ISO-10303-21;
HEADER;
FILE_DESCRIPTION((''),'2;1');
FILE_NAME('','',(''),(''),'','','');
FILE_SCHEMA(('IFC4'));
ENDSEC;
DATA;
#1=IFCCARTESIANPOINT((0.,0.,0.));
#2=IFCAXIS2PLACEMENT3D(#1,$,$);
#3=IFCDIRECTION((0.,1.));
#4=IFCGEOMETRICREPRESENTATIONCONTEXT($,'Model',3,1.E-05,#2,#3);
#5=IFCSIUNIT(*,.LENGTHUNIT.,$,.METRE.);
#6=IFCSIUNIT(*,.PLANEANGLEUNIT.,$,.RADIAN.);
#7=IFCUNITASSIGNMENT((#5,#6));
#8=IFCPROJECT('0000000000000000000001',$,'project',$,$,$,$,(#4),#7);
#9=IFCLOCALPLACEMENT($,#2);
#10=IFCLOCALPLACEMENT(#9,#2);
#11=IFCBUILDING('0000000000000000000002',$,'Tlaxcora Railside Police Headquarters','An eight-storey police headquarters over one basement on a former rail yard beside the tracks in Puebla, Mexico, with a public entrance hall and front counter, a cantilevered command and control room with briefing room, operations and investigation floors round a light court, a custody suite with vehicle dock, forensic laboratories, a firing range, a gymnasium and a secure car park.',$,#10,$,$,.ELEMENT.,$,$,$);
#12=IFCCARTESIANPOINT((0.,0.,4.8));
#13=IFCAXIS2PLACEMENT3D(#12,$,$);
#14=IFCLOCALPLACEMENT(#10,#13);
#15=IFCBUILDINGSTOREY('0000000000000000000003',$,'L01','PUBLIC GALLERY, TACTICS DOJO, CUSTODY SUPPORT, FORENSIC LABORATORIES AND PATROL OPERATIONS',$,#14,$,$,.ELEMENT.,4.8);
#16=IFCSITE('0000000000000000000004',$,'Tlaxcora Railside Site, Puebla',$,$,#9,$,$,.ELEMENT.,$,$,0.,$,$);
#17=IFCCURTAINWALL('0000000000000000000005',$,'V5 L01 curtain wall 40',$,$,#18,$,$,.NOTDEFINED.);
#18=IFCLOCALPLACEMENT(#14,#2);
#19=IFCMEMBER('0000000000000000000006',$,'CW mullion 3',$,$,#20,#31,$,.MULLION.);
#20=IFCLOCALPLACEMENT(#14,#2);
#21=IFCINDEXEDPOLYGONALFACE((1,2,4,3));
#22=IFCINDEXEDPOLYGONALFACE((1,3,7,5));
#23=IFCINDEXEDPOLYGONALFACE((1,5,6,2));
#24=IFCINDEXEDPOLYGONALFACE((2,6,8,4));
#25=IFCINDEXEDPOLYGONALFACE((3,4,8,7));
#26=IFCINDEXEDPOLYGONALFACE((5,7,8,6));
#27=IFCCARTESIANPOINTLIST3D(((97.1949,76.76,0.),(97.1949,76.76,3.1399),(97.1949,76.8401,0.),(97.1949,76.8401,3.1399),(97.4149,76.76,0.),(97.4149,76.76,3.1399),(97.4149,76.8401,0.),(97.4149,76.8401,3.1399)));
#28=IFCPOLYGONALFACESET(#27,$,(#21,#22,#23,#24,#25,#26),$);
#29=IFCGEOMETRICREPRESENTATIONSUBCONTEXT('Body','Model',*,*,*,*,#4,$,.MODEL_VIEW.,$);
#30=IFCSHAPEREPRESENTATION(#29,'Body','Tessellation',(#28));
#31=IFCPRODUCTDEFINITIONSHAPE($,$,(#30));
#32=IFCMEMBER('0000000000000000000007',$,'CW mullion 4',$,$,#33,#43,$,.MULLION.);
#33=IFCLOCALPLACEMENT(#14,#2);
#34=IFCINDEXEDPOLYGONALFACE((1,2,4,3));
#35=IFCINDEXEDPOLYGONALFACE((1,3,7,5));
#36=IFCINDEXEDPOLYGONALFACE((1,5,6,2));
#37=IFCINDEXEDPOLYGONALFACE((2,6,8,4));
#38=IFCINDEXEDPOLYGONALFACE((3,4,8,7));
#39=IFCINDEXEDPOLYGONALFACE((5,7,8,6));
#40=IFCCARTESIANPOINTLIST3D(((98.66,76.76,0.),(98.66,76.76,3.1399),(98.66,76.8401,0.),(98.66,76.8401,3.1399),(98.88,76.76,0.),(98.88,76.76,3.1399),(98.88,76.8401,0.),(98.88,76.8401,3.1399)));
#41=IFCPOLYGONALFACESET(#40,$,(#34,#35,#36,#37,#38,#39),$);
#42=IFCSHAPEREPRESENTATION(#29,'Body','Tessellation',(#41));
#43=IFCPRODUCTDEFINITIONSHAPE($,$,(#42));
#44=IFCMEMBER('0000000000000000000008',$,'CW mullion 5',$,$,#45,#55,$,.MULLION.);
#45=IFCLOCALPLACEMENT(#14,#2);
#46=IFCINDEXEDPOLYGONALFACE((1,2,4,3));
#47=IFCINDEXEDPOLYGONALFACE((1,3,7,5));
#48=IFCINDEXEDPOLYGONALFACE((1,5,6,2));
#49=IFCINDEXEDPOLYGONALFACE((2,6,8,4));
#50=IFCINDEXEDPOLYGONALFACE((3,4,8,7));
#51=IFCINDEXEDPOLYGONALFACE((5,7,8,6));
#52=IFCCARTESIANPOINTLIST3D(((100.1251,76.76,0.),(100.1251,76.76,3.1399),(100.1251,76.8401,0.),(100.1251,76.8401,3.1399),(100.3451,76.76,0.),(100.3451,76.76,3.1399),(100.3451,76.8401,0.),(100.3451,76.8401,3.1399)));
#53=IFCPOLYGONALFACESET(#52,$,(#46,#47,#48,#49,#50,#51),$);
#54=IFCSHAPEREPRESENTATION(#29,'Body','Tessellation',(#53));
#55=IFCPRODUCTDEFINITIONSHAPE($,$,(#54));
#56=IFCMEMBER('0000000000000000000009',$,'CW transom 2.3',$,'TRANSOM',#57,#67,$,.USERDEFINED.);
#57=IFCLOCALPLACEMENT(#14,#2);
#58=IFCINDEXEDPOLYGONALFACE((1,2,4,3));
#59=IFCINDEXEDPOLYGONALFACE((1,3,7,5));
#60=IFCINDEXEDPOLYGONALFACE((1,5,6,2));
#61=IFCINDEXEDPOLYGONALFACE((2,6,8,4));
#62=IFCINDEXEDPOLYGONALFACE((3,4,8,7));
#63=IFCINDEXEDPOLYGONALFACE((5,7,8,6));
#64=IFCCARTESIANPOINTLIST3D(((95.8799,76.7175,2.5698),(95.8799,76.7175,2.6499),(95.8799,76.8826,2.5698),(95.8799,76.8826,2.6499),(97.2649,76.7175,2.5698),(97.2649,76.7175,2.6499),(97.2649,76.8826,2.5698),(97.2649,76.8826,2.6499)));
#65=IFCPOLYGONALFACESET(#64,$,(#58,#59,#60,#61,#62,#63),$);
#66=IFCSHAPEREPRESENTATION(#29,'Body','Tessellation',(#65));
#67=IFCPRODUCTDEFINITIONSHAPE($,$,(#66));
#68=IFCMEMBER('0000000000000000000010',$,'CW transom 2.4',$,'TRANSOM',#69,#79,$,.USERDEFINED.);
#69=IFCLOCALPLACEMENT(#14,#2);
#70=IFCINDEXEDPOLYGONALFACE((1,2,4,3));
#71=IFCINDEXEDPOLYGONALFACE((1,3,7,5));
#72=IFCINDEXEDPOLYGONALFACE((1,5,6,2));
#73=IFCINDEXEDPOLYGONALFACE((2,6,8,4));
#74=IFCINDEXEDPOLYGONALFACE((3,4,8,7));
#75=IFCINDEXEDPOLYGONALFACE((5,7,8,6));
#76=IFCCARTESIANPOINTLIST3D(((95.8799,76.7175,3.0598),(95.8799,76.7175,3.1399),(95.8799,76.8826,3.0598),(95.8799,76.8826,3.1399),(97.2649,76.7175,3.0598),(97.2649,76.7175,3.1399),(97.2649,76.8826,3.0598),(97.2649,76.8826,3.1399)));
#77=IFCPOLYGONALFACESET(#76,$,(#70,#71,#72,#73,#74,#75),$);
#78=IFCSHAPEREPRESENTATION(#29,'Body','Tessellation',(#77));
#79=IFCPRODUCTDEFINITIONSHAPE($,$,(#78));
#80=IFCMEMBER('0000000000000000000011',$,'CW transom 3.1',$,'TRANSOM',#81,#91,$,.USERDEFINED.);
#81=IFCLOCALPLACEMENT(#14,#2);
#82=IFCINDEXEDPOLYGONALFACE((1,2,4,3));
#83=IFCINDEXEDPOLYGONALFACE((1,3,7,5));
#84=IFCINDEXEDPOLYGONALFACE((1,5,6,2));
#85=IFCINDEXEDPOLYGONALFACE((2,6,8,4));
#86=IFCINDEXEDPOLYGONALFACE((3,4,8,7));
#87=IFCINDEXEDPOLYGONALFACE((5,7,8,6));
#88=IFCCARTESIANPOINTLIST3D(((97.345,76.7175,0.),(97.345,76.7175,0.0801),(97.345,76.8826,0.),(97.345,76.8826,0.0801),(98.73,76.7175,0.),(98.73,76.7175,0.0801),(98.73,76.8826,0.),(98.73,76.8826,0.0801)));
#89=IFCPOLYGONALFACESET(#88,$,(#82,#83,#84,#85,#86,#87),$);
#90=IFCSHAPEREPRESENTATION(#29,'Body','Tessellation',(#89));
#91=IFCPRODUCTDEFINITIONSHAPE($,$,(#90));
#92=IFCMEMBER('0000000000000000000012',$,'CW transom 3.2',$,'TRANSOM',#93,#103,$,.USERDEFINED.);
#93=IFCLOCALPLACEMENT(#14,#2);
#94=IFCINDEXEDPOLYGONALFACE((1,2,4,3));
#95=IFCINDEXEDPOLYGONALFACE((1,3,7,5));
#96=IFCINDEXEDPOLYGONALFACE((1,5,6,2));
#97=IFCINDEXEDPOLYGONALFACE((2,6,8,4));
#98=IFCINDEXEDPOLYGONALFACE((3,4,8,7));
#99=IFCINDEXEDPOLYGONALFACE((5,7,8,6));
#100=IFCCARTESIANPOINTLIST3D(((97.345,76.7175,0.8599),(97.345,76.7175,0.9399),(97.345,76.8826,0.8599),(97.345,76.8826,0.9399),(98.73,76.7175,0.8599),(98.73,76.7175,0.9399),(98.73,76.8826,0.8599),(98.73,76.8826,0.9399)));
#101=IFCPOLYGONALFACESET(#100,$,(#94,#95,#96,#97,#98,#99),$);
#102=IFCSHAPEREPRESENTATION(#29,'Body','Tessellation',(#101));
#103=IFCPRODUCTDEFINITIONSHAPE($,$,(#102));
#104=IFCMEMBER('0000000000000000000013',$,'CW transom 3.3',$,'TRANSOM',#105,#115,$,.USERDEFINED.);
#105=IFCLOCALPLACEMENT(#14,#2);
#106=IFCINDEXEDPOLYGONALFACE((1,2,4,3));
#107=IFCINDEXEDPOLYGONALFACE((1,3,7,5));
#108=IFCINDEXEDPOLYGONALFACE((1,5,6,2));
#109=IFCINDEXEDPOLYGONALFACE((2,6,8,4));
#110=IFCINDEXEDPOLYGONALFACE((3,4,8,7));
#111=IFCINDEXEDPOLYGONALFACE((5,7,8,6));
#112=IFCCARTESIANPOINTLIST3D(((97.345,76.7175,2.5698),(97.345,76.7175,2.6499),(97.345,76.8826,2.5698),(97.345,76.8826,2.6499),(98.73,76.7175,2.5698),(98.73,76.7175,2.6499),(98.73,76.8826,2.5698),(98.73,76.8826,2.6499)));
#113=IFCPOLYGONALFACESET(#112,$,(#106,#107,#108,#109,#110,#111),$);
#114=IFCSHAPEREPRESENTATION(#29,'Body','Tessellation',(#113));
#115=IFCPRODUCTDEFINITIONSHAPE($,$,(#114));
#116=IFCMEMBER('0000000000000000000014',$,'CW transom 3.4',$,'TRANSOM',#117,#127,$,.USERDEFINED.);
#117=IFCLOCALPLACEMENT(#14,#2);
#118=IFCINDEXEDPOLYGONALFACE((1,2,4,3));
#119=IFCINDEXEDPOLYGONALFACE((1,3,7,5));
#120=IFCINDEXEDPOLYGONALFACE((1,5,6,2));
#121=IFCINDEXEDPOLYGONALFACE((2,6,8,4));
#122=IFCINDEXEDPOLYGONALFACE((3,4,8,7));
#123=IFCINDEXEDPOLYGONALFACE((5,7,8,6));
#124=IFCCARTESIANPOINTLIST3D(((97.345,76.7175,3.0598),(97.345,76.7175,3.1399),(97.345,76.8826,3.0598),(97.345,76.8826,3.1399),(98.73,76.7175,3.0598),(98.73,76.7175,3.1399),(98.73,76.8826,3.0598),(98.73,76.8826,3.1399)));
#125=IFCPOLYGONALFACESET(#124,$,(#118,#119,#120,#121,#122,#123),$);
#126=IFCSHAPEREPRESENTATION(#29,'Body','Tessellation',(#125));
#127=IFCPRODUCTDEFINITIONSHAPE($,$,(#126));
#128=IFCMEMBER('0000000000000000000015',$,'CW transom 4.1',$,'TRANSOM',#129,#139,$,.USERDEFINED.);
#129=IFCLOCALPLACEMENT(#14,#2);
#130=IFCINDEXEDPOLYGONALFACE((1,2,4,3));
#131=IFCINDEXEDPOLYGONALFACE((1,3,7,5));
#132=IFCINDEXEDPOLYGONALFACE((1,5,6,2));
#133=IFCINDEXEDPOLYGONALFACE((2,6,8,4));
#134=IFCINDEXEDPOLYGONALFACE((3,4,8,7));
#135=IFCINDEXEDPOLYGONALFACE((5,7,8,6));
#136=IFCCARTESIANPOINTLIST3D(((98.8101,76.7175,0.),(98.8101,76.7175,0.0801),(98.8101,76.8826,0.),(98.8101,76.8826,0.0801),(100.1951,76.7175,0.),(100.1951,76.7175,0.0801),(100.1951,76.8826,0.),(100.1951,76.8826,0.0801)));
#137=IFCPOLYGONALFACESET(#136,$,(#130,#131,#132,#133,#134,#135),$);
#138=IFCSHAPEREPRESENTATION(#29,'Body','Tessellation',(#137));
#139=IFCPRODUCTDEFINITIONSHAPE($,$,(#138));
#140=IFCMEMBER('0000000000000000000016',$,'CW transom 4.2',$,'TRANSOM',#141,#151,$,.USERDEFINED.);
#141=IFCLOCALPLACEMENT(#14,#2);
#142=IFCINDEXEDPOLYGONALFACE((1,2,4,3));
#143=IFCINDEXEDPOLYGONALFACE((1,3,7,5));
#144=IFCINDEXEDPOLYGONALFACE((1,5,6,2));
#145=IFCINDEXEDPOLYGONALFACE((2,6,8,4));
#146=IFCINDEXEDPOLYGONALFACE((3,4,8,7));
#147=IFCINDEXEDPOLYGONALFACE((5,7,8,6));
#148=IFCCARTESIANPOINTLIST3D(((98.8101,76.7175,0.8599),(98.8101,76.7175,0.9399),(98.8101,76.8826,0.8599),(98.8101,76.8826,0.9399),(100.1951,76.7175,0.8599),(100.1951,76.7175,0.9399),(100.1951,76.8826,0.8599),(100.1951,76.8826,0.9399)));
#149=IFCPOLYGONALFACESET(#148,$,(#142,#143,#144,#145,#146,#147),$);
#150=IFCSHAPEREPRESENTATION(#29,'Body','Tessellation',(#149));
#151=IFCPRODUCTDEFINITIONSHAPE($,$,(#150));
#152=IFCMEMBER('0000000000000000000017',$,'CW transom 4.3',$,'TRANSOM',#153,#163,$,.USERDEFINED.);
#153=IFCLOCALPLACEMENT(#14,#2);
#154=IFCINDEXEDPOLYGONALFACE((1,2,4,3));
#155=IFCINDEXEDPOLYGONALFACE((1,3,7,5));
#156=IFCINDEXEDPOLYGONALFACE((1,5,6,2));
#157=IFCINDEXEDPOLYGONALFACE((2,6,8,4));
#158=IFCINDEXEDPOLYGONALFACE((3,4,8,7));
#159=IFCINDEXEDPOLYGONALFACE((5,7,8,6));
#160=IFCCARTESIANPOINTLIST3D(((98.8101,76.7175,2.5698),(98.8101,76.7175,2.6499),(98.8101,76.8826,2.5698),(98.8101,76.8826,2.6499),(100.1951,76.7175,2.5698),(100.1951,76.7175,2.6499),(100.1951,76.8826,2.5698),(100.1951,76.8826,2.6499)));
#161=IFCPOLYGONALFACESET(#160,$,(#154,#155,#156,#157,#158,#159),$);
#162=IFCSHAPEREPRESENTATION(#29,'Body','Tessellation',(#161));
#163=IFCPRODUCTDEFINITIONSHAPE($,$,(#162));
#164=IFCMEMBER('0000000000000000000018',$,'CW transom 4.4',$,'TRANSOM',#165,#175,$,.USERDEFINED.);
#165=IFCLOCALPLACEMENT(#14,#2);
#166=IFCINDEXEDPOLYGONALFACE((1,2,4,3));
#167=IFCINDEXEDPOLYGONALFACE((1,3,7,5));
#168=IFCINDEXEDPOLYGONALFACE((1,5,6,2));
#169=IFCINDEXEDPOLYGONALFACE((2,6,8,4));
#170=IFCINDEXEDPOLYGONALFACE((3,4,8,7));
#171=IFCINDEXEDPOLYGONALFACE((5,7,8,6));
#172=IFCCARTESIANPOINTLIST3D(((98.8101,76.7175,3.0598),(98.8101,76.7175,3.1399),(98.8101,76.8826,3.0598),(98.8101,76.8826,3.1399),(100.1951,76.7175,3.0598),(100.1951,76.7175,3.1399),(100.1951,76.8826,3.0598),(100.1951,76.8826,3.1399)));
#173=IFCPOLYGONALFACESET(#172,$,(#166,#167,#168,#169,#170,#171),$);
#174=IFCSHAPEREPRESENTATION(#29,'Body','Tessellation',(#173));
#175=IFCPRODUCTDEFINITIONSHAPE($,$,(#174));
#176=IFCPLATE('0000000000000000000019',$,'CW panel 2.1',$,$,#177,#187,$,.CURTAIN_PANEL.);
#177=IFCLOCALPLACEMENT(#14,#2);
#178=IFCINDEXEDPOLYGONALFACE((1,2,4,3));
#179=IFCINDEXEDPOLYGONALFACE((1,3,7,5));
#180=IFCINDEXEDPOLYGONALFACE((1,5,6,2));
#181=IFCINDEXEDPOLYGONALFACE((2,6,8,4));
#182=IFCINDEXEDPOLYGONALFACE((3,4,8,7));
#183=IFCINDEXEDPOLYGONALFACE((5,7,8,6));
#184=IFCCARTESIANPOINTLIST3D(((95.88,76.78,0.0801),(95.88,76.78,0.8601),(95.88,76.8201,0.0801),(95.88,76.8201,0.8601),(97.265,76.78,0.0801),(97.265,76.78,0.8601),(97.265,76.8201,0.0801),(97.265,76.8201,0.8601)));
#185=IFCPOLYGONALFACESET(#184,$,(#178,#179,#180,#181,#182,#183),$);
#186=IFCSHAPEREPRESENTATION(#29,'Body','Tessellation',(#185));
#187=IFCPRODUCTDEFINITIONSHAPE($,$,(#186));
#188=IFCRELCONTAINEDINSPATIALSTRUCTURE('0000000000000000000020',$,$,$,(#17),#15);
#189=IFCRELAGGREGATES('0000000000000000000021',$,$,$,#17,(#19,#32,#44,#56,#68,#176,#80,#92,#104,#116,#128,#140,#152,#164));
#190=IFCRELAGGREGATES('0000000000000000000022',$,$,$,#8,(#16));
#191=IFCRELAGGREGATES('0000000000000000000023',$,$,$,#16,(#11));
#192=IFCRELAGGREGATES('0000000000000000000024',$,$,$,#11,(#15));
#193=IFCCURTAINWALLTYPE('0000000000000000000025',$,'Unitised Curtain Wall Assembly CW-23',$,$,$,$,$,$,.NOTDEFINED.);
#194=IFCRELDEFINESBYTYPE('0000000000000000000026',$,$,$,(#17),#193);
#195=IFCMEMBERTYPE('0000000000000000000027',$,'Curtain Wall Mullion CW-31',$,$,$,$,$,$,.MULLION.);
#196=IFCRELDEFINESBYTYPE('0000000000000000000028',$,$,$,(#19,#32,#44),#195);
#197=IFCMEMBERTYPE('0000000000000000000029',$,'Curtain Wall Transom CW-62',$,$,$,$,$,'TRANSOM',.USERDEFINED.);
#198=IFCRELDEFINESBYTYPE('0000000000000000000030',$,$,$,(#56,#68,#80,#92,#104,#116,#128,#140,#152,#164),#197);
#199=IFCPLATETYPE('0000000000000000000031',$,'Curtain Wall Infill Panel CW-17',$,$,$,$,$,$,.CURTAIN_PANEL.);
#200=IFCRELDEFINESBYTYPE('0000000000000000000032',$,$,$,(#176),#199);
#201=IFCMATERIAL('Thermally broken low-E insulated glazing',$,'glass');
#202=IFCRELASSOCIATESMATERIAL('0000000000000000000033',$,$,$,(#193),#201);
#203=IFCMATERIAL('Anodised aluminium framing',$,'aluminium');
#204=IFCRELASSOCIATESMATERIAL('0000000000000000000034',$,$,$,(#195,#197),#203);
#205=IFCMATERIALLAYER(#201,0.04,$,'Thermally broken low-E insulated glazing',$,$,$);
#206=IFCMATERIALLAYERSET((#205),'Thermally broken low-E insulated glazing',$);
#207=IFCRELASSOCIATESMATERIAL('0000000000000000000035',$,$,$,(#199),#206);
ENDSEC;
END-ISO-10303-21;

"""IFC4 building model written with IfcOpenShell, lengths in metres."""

from ifc_helpers import new_model, si_unit, direction, frame, origin, origin_2d, place, context, subcontext, project, spatial, rectangle, extrude, material, layer, layer_set, material_profile, profile_set, type_object, element, aggregate, save


model = new_model("IFC4")

# Units and contexts
model_context = context("Model", 3, precision=1e-05, world=origin(), true_north=direction((0.0, 1.0)))
body_context = subcontext(model_context, "Body", "Model", "MODEL_VIEW")
ifc_project = project(units=[si_unit("LENGTHUNIT", "METRE"), si_unit("PLANEANGLEUNIT", "RADIAN")], contexts=[model_context])

# Site, building, storey
site_placement = place(None, origin())
site = spatial("IfcSite", under=ifc_project, at=site_placement, Name="Tlaxcora Railside Site, Puebla", CompositionType="ELEMENT", RefElevation=0.0)
building_placement = place(site_placement, origin())
building = spatial("IfcBuilding", under=site, at=building_placement, Name="Tlaxcora Railside Police Headquarters", Description="An eight-storey police headquarters over one basement on a former rail yard beside the tracks in Puebla, Mexico, with a public entrance hall and front counter, a cantilevered command and control room with briefing room, operations and investigation floors round a light court, a custody suite with vehicle dock, forensic laboratories, a firing range, a gymnasium and a secure car park.", CompositionType="ELEMENT")
storey_placement = place(building_placement, frame((0.0, 0.0, 4.8)))
storey = spatial("IfcBuildingStorey", under=building, at=storey_placement, Name="L01", Description="PUBLIC GALLERY, TACTICS DOJO, CUSTODY SUPPORT, FORENSIC LABORATORIES AND PATROL OPERATIONS", CompositionType="ELEMENT", Elevation=4.8)

# Curtain wall, members, plate
ifc_material_1 = material(Name="Thermally broken low-E insulated glazing", Category="glass")
curtain_wall_type = type_object("IfcCurtainWallType", Name="Unitised Curtain Wall Assembly CW-23", PredefinedType="NOTDEFINED", material=ifc_material_1)
curtain_wall_placement = place(storey_placement, origin())
curtain_wall = element("IfcCurtainWall", 1, at=curtain_wall_placement, inside=storey, type_object=curtain_wall_type, Name="V5 L01 curtain wall 40", PredefinedType="NOTDEFINED")
ifc_material_2 = material(Name="Anodised aluminium framing", Category="aluminium")
ifc_material_profile_1 = material_profile(ifc_material_2, rectangle(XDim=0.0801, YDim=0.22, at=origin_2d()), Name="AL80X220")
ifc_profile_set_1 = profile_set([ifc_material_profile_1], Name="Anodised aluminium framing")
member_type_1 = type_object("IfcMemberType", Name="Curtain Wall Mullion CW-31", PredefinedType="MULLION", material=ifc_profile_set_1)
member_1_placement = place(storey_placement, frame((97.3049, 76.8, 0.0), z_axis=(0.0, 0.0, 1.0), x_axis=(0.0, 1.0, 0.0)))
member_1 = element("IfcMember", 2, at=member_1_placement, type_object=member_type_1, Name="CW mullion 3", PredefinedType="MULLION", context=body_context, shape_type="SweptSolid", body=[
    extrude(rectangle(XDim=0.0801, YDim=0.22, at=origin_2d()), origin(), (0.0, 0.0, 1.0), 3.1399),
])
member_2_placement = place(storey_placement, frame((98.77, 76.8, 0.0), z_axis=(0.0, 0.0, 1.0), x_axis=(0.0, 1.0, 0.0)))
member_2 = element("IfcMember", 3, at=member_2_placement, type_object=member_type_1, Name="CW mullion 4", PredefinedType="MULLION", context=body_context, shape_type="SweptSolid", body=[
    extrude(rectangle(XDim=0.0801, YDim=0.22, at=origin_2d()), origin(), (0.0, 0.0, 1.0), 3.1399),
])
member_3_placement = place(storey_placement, frame((100.2351, 76.8, 0.0), z_axis=(0.0, 0.0, 1.0), x_axis=(0.0, 1.0, 0.0)))
member_3 = element("IfcMember", 4, at=member_3_placement, type_object=member_type_1, Name="CW mullion 5", PredefinedType="MULLION", context=body_context, shape_type="SweptSolid", body=[
    extrude(rectangle(XDim=0.0801, YDim=0.22, at=origin_2d()), origin(), (0.0, 0.0, 1.0), 3.1399),
])
ifc_material_profile_2 = material_profile(ifc_material_2, rectangle(XDim=0.165, YDim=0.0801, at=origin_2d()), Name="AL80X165")
ifc_profile_set_2 = profile_set([ifc_material_profile_2], Name="Anodised aluminium framing")
member_type_2 = type_object("IfcMemberType", Name="Curtain Wall Transom CW-62", ElementType="TRANSOM", PredefinedType="USERDEFINED", material=ifc_profile_set_2)
member_4_placement = place(storey_placement, frame((95.8799, 76.8, 2.6099), z_axis=(1.0, 0.0, 0.0), x_axis=(0.0, 1.0, 0.0)))
member_4 = element("IfcMember", 5, at=member_4_placement, type_object=member_type_2, Name="CW transom 2.3", ObjectType="TRANSOM", PredefinedType="USERDEFINED", context=body_context, shape_type="SweptSolid", body=[
    extrude(rectangle(XDim=0.165, YDim=0.0801, at=origin_2d()), origin(), (0.0, 0.0, 1.0), 1.385),
])
member_5_placement = place(storey_placement, frame((95.8799, 76.8, 3.0999), z_axis=(1.0, 0.0, 0.0), x_axis=(0.0, 1.0, 0.0)))
member_5 = element("IfcMember", 6, at=member_5_placement, type_object=member_type_2, Name="CW transom 2.4", ObjectType="TRANSOM", PredefinedType="USERDEFINED", context=body_context, shape_type="SweptSolid", body=[
    extrude(rectangle(XDim=0.165, YDim=0.0801, at=origin_2d()), origin(), (0.0, 0.0, 1.0), 1.385),
])
member_6_placement = place(storey_placement, frame((97.345, 76.8, 0.04), z_axis=(1.0, 0.0, 0.0), x_axis=(0.0, 1.0, 0.0)))
member_6 = element("IfcMember", 7, at=member_6_placement, type_object=member_type_2, Name="CW transom 3.1", ObjectType="TRANSOM", PredefinedType="USERDEFINED", context=body_context, shape_type="SweptSolid", body=[
    extrude(rectangle(XDim=0.165, YDim=0.0801, at=origin_2d()), origin(), (0.0, 0.0, 1.0), 1.385),
])
member_7_placement = place(storey_placement, frame((97.345, 76.8, 0.8999), z_axis=(1.0, 0.0, 0.0), x_axis=(0.0, 1.0, 0.0)))
member_7 = element("IfcMember", 8, at=member_7_placement, type_object=member_type_2, Name="CW transom 3.2", ObjectType="TRANSOM", PredefinedType="USERDEFINED", context=body_context, shape_type="SweptSolid", body=[
    extrude(rectangle(XDim=0.165, YDim=0.0801, at=origin_2d()), origin(), (0.0, 0.0, 1.0), 1.385),
])
member_8_placement = place(storey_placement, frame((97.345, 76.8, 2.6099), z_axis=(1.0, 0.0, 0.0), x_axis=(0.0, 1.0, 0.0)))
member_8 = element("IfcMember", 9, at=member_8_placement, type_object=member_type_2, Name="CW transom 3.3", ObjectType="TRANSOM", PredefinedType="USERDEFINED", context=body_context, shape_type="SweptSolid", body=[
    extrude(rectangle(XDim=0.165, YDim=0.0801, at=origin_2d()), origin(), (0.0, 0.0, 1.0), 1.385),
])
member_9_placement = place(storey_placement, frame((97.345, 76.8, 3.0999), z_axis=(1.0, 0.0, 0.0), x_axis=(0.0, 1.0, 0.0)))
member_9 = element("IfcMember", 10, at=member_9_placement, type_object=member_type_2, Name="CW transom 3.4", ObjectType="TRANSOM", PredefinedType="USERDEFINED", context=body_context, shape_type="SweptSolid", body=[
    extrude(rectangle(XDim=0.165, YDim=0.0801, at=origin_2d()), origin(), (0.0, 0.0, 1.0), 1.385),
])
member_10_placement = place(storey_placement, frame((98.8101, 76.8, 0.04), z_axis=(1.0, 0.0, 0.0), x_axis=(0.0, 1.0, 0.0)))
member_10 = element("IfcMember", 11, at=member_10_placement, type_object=member_type_2, Name="CW transom 4.1", ObjectType="TRANSOM", PredefinedType="USERDEFINED", context=body_context, shape_type="SweptSolid", body=[
    extrude(rectangle(XDim=0.165, YDim=0.0801, at=origin_2d()), origin(), (0.0, 0.0, 1.0), 1.385),
])
member_11_placement = place(storey_placement, frame((98.8101, 76.8, 0.8999), z_axis=(1.0, 0.0, 0.0), x_axis=(0.0, 1.0, 0.0)))
member_11 = element("IfcMember", 12, at=member_11_placement, type_object=member_type_2, Name="CW transom 4.2", ObjectType="TRANSOM", PredefinedType="USERDEFINED", context=body_context, shape_type="SweptSolid", body=[
    extrude(rectangle(XDim=0.165, YDim=0.0801, at=origin_2d()), origin(), (0.0, 0.0, 1.0), 1.385),
])
member_12_placement = place(storey_placement, frame((98.8101, 76.8, 2.6099), z_axis=(1.0, 0.0, 0.0), x_axis=(0.0, 1.0, 0.0)))
member_12 = element("IfcMember", 13, at=member_12_placement, type_object=member_type_2, Name="CW transom 4.3", ObjectType="TRANSOM", PredefinedType="USERDEFINED", context=body_context, shape_type="SweptSolid", body=[
    extrude(rectangle(XDim=0.165, YDim=0.0801, at=origin_2d()), origin(), (0.0, 0.0, 1.0), 1.385),
])
member_13_placement = place(storey_placement, frame((98.8101, 76.8, 3.0999), z_axis=(1.0, 0.0, 0.0), x_axis=(0.0, 1.0, 0.0)))
member_13 = element("IfcMember", 14, at=member_13_placement, type_object=member_type_2, Name="CW transom 4.4", ObjectType="TRANSOM", PredefinedType="USERDEFINED", context=body_context, shape_type="SweptSolid", body=[
    extrude(rectangle(XDim=0.165, YDim=0.0801, at=origin_2d()), origin(), (0.0, 0.0, 1.0), 1.385),
])
ifc_layer = layer(ifc_material_1, 0.04, Name="Thermally broken low-E insulated glazing")
ifc_layer_set = layer_set([ifc_layer], Name="Thermally broken low-E insulated glazing")
plate_type = type_object("IfcPlateType", Name="Curtain Wall Infill Panel CW-17", PredefinedType="CURTAIN_PANEL", material=ifc_layer_set)
plate_1_placement = place(storey_placement, frame((96.5725, 76.8, 0.0801), z_axis=(0.0, 0.0, 1.0), x_axis=(1.0, 0.0, 0.0)))
plate_1 = element("IfcPlate", 15, at=plate_1_placement, type_object=plate_type, Name="CW panel 2.1", PredefinedType="CURTAIN_PANEL", context=body_context, shape_type="SweptSolid", body=[
    extrude(rectangle(XDim=1.385, YDim=0.04, at=origin_2d()), origin(), (0.0, 0.0, 1.0), 0.78),
])
aggregate(curtain_wall, [member_1, member_2, member_3, member_4, member_5, plate_1, member_6, member_7, member_8, member_9, member_10, member_11, member_12, member_13])

save(model, "model.ifc")
